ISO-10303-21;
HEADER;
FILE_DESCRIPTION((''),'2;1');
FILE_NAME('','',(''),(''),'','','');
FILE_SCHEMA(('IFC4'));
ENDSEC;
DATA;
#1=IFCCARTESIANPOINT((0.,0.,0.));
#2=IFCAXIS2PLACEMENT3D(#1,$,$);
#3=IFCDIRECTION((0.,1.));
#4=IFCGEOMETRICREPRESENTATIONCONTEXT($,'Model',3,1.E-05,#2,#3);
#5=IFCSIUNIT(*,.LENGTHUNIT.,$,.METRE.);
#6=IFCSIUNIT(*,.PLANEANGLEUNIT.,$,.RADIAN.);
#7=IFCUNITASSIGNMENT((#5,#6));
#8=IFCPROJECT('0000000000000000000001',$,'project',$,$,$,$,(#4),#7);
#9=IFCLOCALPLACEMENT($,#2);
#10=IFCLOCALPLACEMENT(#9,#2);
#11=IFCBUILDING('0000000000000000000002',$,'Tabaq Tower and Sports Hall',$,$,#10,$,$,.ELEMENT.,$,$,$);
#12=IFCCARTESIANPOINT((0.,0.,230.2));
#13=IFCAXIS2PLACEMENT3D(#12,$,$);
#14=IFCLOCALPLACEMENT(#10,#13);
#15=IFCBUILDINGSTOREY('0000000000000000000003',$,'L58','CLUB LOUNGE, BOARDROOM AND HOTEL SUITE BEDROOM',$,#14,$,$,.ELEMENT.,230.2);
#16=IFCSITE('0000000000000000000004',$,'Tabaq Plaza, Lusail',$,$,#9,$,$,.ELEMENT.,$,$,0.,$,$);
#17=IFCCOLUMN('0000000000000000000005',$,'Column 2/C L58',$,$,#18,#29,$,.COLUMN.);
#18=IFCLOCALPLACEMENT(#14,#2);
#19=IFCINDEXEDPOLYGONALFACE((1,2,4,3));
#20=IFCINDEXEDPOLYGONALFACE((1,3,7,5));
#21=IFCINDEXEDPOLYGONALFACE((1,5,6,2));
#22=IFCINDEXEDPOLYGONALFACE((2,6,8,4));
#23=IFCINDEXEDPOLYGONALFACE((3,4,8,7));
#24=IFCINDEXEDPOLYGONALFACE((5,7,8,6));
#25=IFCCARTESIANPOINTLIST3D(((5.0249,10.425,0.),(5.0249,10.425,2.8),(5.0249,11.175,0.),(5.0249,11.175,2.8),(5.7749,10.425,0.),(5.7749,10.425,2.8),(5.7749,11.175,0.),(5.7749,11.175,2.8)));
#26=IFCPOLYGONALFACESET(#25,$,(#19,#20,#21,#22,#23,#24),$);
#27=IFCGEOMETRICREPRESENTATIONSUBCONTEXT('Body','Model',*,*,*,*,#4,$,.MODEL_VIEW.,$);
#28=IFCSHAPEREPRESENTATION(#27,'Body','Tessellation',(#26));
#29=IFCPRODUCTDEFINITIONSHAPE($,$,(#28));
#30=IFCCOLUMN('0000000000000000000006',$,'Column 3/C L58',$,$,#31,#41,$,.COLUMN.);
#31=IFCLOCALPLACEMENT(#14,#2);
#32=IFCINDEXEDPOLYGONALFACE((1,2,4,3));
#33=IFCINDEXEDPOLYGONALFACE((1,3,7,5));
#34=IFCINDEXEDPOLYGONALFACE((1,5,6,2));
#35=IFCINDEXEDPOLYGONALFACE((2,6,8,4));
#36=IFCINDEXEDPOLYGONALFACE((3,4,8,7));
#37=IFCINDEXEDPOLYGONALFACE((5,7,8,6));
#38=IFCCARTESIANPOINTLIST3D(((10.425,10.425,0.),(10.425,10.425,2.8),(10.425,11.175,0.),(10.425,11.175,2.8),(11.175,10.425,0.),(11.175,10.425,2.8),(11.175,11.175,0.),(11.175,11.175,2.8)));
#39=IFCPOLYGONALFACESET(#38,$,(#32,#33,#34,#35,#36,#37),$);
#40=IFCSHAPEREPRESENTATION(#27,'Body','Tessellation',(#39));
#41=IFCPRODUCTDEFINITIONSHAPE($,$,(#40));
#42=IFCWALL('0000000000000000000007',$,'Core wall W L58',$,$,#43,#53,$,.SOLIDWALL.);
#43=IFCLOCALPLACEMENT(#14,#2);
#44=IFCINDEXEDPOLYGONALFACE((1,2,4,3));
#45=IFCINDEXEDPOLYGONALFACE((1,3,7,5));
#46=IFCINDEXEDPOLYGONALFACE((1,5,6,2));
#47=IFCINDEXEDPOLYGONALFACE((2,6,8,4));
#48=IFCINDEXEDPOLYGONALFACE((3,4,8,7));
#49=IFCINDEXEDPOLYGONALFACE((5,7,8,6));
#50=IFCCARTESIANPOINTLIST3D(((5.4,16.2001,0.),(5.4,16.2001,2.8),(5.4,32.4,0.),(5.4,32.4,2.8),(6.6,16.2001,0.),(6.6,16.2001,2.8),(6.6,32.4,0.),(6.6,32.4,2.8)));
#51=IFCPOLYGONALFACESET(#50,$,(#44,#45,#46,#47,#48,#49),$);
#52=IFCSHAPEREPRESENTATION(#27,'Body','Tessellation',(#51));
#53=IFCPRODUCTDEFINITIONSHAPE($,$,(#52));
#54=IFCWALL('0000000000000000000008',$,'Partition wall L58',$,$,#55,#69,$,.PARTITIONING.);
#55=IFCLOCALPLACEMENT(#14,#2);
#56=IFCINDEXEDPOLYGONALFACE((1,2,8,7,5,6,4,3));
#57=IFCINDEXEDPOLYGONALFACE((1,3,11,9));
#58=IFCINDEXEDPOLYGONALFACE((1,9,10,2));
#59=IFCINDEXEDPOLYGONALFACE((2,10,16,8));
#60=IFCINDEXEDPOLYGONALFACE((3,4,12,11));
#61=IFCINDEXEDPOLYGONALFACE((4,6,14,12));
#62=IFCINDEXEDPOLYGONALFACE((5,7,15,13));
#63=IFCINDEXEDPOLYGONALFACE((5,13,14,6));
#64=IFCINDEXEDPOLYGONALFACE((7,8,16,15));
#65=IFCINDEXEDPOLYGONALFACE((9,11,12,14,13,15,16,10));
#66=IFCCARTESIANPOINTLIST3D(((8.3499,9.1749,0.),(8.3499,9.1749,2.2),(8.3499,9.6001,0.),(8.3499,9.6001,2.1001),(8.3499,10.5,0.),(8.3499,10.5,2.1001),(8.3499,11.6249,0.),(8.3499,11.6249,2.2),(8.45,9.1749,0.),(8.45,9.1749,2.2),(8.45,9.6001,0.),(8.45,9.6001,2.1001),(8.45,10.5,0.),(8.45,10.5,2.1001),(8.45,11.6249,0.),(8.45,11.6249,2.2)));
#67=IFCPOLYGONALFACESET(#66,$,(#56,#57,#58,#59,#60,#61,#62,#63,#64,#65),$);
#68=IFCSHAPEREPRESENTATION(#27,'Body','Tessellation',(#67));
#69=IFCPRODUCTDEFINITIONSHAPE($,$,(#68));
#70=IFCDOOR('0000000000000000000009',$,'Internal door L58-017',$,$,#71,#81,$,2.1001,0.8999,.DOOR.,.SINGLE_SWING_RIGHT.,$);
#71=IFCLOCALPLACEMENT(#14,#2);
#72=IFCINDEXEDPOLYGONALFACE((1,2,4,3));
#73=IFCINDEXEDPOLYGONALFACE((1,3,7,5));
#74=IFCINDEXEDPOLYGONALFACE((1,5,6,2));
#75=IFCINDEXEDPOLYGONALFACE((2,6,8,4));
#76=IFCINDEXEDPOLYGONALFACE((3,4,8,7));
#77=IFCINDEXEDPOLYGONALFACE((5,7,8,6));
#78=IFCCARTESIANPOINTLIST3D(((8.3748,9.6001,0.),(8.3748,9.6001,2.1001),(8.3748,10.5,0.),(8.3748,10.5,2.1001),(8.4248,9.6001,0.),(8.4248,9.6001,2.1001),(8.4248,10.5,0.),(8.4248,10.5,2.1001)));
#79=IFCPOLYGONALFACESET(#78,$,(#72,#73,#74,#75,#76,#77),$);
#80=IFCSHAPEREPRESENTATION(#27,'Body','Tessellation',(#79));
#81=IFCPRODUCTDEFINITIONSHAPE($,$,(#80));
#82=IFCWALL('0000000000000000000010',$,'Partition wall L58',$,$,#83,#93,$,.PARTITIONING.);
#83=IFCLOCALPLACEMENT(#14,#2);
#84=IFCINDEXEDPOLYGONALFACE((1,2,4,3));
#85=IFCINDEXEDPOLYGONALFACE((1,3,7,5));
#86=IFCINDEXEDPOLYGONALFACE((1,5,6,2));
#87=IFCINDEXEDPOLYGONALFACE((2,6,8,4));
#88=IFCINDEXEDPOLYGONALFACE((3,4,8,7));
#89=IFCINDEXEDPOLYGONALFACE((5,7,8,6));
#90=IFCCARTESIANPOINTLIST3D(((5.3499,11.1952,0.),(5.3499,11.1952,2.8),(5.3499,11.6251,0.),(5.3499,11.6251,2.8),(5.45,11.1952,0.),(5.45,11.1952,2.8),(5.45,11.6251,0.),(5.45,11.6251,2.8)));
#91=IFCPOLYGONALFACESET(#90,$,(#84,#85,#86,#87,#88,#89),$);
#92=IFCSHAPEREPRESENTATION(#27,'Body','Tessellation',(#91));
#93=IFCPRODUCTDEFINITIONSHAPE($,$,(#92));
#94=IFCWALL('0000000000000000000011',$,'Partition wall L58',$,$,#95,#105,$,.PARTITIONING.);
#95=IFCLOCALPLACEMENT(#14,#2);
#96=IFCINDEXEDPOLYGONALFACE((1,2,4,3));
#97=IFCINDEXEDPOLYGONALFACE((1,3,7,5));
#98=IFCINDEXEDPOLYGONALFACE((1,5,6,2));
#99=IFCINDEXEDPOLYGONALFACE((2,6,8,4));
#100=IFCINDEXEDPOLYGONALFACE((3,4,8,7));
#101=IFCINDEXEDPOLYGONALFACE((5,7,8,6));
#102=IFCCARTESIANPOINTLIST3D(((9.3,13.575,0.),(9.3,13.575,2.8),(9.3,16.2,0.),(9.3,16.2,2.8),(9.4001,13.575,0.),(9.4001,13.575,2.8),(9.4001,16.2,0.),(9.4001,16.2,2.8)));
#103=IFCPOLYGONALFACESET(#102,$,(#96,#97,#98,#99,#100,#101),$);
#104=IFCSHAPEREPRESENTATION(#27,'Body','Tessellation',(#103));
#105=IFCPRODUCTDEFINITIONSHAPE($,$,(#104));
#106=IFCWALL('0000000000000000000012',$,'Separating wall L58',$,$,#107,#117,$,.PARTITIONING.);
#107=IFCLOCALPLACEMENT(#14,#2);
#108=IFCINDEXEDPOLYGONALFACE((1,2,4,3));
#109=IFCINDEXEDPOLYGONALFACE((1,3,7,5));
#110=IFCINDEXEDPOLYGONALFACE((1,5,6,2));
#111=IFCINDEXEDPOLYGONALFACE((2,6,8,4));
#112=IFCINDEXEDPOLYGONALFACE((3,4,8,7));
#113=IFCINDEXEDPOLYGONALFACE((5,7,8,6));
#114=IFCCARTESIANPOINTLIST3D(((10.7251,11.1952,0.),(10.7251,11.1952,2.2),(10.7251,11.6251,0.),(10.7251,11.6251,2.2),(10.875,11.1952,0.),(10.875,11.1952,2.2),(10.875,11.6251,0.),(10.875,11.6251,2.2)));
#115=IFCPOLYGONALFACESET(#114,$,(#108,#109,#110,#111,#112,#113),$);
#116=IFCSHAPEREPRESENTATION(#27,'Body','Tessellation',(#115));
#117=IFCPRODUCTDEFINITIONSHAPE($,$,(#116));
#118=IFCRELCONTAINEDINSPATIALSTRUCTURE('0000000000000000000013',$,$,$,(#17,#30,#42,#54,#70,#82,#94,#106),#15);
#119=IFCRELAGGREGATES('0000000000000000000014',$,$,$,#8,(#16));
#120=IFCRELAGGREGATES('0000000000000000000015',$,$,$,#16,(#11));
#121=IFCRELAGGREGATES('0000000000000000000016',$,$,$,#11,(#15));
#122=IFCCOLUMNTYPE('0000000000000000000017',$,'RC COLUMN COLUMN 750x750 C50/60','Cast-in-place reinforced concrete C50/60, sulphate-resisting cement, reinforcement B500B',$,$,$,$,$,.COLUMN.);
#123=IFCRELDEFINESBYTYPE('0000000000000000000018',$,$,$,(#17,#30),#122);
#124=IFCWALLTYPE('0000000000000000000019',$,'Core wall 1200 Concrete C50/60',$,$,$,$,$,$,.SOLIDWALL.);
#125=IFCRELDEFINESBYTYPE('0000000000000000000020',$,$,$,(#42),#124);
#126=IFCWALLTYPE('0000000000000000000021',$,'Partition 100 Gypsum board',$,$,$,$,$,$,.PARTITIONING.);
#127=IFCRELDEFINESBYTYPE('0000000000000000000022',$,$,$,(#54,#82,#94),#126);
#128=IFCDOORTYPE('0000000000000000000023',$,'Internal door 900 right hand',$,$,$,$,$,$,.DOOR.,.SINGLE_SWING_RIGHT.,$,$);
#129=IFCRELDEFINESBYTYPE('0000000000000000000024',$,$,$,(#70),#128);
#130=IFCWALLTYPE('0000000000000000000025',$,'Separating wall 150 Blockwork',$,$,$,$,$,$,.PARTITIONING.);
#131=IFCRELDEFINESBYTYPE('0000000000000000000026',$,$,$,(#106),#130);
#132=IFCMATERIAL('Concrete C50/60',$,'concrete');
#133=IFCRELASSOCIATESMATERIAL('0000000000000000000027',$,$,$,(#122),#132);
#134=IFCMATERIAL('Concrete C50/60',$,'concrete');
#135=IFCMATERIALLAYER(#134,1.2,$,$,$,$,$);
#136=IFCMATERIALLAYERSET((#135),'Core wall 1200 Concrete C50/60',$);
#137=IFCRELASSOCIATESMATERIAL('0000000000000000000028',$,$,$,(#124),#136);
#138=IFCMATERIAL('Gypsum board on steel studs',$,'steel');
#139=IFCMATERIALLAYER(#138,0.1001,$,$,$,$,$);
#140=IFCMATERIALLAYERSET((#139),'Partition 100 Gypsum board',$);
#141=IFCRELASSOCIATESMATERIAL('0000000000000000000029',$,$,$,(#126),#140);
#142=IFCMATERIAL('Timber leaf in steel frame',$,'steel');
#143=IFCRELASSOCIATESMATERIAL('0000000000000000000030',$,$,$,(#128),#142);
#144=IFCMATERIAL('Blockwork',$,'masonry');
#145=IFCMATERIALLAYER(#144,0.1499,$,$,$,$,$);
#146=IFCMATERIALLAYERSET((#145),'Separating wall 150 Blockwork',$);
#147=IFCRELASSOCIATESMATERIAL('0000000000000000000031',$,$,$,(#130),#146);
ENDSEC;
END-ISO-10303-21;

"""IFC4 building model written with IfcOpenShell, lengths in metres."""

from ifc_helpers import new_model, si_unit, direction, frame, frame_2d, origin, origin_2d, place, context, subcontext, project, spatial, rectangle, extrude, material, layer, layer_set, material_profile, profile_set, type_object, element, fill, save


model = new_model("IFC4")

# Units and contexts
model_context = context("Model", 3, precision=1e-05, world=origin(), true_north=direction((0.0, 1.0)))
body_context = subcontext(model_context, "Body", "Model", "MODEL_VIEW")
ifc_project = project(units=[si_unit("LENGTHUNIT", "METRE"), si_unit("PLANEANGLEUNIT", "RADIAN")], contexts=[model_context])

# Site, building, storey
site_placement = place(None, origin())
site = spatial("IfcSite", under=ifc_project, at=site_placement, Name="Tabaq Plaza, Lusail", CompositionType="ELEMENT", RefElevation=0.0)
building_placement = place(site_placement, origin())
building = spatial("IfcBuilding", under=site, at=building_placement, Name="Tabaq Tower and Sports Hall", CompositionType="ELEMENT")
storey_placement = place(building_placement, frame((0.0, 0.0, 230.2)))
storey = spatial("IfcBuildingStorey", under=building, at=storey_placement, Name="L58", Description="CLUB LOUNGE, BOARDROOM AND HOTEL SUITE BEDROOM", CompositionType="ELEMENT", Elevation=230.2)

# Columns
ifc_material_1 = material(Name="Concrete C50/60", Category="concrete")
ifc_material_profile = material_profile(ifc_material_1, rectangle(XDim=0.75, YDim=0.75, at=origin_2d()), Name="COLUMN 750x750")
ifc_profile_set = profile_set([ifc_material_profile], Name="Concrete C50/60")
column_type = type_object("IfcColumnType", Name="RC COLUMN COLUMN 750x750 C50/60", Description="Cast-in-place reinforced concrete C50/60, sulphate-resisting cement, reinforcement B500B", PredefinedType="COLUMN", material=ifc_profile_set)
for number, where, z_axis, x_axis, name in (
    (1, (5.3999, 10.8, 0.0), (0.0, 0.0, 1.0), (1.0, 0.0, 0.0), "Column 2/C L58"),
    (2, (10.8, 10.8, 0.0), (0.0, 0.0, 1.0), (1.0, 0.0, 0.0), "Column 3/C L58"),
):
    element("IfcColumn", number, at=place(storey_placement, frame(where, z_axis=z_axis, x_axis=x_axis)), inside=storey, type_object=column_type, Name=name, PredefinedType="COLUMN", context=body_context, shape_type="SweptSolid", body=[
        extrude(rectangle(XDim=0.75, YDim=0.75, at=origin_2d()), origin(), (0.0, 0.0, 1.0), 2.8),
    ])

# Wall
ifc_material_2 = material(Name="Concrete C50/60", Category="concrete")
ifc_layer_1 = layer(ifc_material_2, 1.2)
ifc_layer_set_1 = layer_set([ifc_layer_1], Name="Core wall 1200 Concrete C50/60")
wall_type_1 = type_object("IfcWallType", Name="Core wall 1200 Concrete C50/60", PredefinedType="SOLIDWALL", material=ifc_layer_set_1)
wall_1_placement = place(storey_placement, frame((6.0, 16.2, 0.0), z_axis=(0.0, 0.0, 1.0), x_axis=(0.0, 1.0, 0.0)))
element("IfcWall", 3, at=wall_1_placement, inside=storey, type_object=wall_type_1, Name="Core wall W L58", PredefinedType="SOLIDWALL", context=body_context, shape_type="SweptSolid", body=[
    extrude(rectangle(XDim=16.2, YDim=1.2, at=frame_2d((8.1001, 0.0))), origin(), (0.0, 0.0, 1.0), 2.8),
])

# Wall, opening, door
ifc_material_3 = material(Name="Gypsum board on steel studs", Category="steel")
ifc_layer_2 = layer(ifc_material_3, 0.1001)
ifc_layer_set_2 = layer_set([ifc_layer_2], Name="Partition 100 Gypsum board")
wall_type_2 = type_object("IfcWallType", Name="Partition 100 Gypsum board", PredefinedType="PARTITIONING", material=ifc_layer_set_2)
wall_2_placement = place(storey_placement, frame((8.3999, 11.625, 0.0), z_axis=(0.0, 0.0, 1.0), x_axis=(0.0, -1.0, 0.0)))
wall_2 = element("IfcWall", 4, at=wall_2_placement, inside=storey, type_object=wall_type_2, Name="Partition wall L58", PredefinedType="PARTITIONING", context=body_context, shape_type="SweptSolid", body=[
    extrude(rectangle(XDim=2.45, YDim=0.1001, at=frame_2d((1.2251, 0.0))), origin(), (0.0, 0.0, 1.0), 2.2),
])
opening_1_placement = place(wall_2_placement, frame((1.125, 0.0, 0.0)))
opening_1 = element("IfcOpeningElement", 5, at=opening_1_placement, cuts=wall_2, PredefinedType="OPENING", context=body_context, shape_type="SweptSolid", body=[
    extrude(rectangle(XDim=0.8999, YDim=2.1001, at=frame_2d((0.45, 1.05))), frame((0.0, 0.05, 0.0), z_axis=(0.0, -1.0, 0.0), x_axis=(1.0, 0.0, 0.0)), (0.0, 0.0, 1.0), 0.1001),
])
ifc_material_4 = material(Name="Timber leaf in steel frame", Category="steel")
door_type_1 = type_object("IfcDoorType", Name="Internal door 900 right hand", OperationType="SINGLE_SWING_RIGHT", PredefinedType="DOOR", material=ifc_material_4)
door_1_placement = place(opening_1_placement, origin())
door_1 = element("IfcDoor", 6, at=door_1_placement, inside=storey, type_object=door_type_1, Name="Internal door L58-017", OperationType="SINGLE_SWING_RIGHT", OverallHeight=2.1001, OverallWidth=0.8999, PredefinedType="DOOR", context=body_context, shape_type="SweptSolid", body=[
    extrude(rectangle(XDim=0.8999, YDim=2.1001, at=frame_2d((0.45, 1.05))), frame((0.0, 0.0249, 0.0), z_axis=(0.0, -1.0, 0.0), x_axis=(1.0, 0.0, 0.0)), (0.0, 0.0, 1.0), 0.05),
])
fill(opening_1, door_1)

# Walls
wall_3_placement = place(storey_placement, frame((5.3999, 11.625, 0.0), z_axis=(0.0, 0.0, 1.0), x_axis=(0.0, -1.0, 0.0)))
element("IfcWall", 7, at=wall_3_placement, inside=storey, type_object=wall_type_2, Name="Partition wall L58", PredefinedType="PARTITIONING", context=body_context, shape_type="SweptSolid", body=[
    extrude(rectangle(XDim=0.4299, YDim=0.1001, at=frame_2d((0.2148, 0.0))), origin(), (0.0, 0.0, 1.0), 2.8),
])
wall_4_placement = place(storey_placement, frame((9.3501, 16.2, 0.0), z_axis=(0.0, 0.0, 1.0), x_axis=(0.0, -1.0, 0.0)))
element("IfcWall", 8, at=wall_4_placement, inside=storey, type_object=wall_type_2, Name="Partition wall L58", PredefinedType="PARTITIONING", context=body_context, shape_type="SweptSolid", body=[
    extrude(rectangle(XDim=2.625, YDim=0.1001, at=frame_2d((1.3125, 0.0))), origin(), (0.0, 0.0, 1.0), 2.8),
])
ifc_material_5 = material(Name="Blockwork", Category="masonry")
ifc_layer_3 = layer(ifc_material_5, 0.1499)
ifc_layer_set_3 = layer_set([ifc_layer_3], Name="Separating wall 150 Blockwork")
wall_type_3 = type_object("IfcWallType", Name="Separating wall 150 Blockwork", PredefinedType="PARTITIONING", material=ifc_layer_set_3)
wall_5_placement = place(storey_placement, frame((10.8, 11.625, 0.0), z_axis=(0.0, 0.0, 1.0), x_axis=(0.0, -1.0, 0.0)))
element("IfcWall", 9, at=wall_5_placement, inside=storey, type_object=wall_type_3, Name="Separating wall L58", PredefinedType="PARTITIONING", context=body_context, shape_type="SweptSolid", body=[
    extrude(rectangle(XDim=0.4299, YDim=0.1499, at=frame_2d((0.2148, 0.0))), origin(), (0.0, 0.0, 1.0), 2.2),
])

save(model, "model.ifc")
